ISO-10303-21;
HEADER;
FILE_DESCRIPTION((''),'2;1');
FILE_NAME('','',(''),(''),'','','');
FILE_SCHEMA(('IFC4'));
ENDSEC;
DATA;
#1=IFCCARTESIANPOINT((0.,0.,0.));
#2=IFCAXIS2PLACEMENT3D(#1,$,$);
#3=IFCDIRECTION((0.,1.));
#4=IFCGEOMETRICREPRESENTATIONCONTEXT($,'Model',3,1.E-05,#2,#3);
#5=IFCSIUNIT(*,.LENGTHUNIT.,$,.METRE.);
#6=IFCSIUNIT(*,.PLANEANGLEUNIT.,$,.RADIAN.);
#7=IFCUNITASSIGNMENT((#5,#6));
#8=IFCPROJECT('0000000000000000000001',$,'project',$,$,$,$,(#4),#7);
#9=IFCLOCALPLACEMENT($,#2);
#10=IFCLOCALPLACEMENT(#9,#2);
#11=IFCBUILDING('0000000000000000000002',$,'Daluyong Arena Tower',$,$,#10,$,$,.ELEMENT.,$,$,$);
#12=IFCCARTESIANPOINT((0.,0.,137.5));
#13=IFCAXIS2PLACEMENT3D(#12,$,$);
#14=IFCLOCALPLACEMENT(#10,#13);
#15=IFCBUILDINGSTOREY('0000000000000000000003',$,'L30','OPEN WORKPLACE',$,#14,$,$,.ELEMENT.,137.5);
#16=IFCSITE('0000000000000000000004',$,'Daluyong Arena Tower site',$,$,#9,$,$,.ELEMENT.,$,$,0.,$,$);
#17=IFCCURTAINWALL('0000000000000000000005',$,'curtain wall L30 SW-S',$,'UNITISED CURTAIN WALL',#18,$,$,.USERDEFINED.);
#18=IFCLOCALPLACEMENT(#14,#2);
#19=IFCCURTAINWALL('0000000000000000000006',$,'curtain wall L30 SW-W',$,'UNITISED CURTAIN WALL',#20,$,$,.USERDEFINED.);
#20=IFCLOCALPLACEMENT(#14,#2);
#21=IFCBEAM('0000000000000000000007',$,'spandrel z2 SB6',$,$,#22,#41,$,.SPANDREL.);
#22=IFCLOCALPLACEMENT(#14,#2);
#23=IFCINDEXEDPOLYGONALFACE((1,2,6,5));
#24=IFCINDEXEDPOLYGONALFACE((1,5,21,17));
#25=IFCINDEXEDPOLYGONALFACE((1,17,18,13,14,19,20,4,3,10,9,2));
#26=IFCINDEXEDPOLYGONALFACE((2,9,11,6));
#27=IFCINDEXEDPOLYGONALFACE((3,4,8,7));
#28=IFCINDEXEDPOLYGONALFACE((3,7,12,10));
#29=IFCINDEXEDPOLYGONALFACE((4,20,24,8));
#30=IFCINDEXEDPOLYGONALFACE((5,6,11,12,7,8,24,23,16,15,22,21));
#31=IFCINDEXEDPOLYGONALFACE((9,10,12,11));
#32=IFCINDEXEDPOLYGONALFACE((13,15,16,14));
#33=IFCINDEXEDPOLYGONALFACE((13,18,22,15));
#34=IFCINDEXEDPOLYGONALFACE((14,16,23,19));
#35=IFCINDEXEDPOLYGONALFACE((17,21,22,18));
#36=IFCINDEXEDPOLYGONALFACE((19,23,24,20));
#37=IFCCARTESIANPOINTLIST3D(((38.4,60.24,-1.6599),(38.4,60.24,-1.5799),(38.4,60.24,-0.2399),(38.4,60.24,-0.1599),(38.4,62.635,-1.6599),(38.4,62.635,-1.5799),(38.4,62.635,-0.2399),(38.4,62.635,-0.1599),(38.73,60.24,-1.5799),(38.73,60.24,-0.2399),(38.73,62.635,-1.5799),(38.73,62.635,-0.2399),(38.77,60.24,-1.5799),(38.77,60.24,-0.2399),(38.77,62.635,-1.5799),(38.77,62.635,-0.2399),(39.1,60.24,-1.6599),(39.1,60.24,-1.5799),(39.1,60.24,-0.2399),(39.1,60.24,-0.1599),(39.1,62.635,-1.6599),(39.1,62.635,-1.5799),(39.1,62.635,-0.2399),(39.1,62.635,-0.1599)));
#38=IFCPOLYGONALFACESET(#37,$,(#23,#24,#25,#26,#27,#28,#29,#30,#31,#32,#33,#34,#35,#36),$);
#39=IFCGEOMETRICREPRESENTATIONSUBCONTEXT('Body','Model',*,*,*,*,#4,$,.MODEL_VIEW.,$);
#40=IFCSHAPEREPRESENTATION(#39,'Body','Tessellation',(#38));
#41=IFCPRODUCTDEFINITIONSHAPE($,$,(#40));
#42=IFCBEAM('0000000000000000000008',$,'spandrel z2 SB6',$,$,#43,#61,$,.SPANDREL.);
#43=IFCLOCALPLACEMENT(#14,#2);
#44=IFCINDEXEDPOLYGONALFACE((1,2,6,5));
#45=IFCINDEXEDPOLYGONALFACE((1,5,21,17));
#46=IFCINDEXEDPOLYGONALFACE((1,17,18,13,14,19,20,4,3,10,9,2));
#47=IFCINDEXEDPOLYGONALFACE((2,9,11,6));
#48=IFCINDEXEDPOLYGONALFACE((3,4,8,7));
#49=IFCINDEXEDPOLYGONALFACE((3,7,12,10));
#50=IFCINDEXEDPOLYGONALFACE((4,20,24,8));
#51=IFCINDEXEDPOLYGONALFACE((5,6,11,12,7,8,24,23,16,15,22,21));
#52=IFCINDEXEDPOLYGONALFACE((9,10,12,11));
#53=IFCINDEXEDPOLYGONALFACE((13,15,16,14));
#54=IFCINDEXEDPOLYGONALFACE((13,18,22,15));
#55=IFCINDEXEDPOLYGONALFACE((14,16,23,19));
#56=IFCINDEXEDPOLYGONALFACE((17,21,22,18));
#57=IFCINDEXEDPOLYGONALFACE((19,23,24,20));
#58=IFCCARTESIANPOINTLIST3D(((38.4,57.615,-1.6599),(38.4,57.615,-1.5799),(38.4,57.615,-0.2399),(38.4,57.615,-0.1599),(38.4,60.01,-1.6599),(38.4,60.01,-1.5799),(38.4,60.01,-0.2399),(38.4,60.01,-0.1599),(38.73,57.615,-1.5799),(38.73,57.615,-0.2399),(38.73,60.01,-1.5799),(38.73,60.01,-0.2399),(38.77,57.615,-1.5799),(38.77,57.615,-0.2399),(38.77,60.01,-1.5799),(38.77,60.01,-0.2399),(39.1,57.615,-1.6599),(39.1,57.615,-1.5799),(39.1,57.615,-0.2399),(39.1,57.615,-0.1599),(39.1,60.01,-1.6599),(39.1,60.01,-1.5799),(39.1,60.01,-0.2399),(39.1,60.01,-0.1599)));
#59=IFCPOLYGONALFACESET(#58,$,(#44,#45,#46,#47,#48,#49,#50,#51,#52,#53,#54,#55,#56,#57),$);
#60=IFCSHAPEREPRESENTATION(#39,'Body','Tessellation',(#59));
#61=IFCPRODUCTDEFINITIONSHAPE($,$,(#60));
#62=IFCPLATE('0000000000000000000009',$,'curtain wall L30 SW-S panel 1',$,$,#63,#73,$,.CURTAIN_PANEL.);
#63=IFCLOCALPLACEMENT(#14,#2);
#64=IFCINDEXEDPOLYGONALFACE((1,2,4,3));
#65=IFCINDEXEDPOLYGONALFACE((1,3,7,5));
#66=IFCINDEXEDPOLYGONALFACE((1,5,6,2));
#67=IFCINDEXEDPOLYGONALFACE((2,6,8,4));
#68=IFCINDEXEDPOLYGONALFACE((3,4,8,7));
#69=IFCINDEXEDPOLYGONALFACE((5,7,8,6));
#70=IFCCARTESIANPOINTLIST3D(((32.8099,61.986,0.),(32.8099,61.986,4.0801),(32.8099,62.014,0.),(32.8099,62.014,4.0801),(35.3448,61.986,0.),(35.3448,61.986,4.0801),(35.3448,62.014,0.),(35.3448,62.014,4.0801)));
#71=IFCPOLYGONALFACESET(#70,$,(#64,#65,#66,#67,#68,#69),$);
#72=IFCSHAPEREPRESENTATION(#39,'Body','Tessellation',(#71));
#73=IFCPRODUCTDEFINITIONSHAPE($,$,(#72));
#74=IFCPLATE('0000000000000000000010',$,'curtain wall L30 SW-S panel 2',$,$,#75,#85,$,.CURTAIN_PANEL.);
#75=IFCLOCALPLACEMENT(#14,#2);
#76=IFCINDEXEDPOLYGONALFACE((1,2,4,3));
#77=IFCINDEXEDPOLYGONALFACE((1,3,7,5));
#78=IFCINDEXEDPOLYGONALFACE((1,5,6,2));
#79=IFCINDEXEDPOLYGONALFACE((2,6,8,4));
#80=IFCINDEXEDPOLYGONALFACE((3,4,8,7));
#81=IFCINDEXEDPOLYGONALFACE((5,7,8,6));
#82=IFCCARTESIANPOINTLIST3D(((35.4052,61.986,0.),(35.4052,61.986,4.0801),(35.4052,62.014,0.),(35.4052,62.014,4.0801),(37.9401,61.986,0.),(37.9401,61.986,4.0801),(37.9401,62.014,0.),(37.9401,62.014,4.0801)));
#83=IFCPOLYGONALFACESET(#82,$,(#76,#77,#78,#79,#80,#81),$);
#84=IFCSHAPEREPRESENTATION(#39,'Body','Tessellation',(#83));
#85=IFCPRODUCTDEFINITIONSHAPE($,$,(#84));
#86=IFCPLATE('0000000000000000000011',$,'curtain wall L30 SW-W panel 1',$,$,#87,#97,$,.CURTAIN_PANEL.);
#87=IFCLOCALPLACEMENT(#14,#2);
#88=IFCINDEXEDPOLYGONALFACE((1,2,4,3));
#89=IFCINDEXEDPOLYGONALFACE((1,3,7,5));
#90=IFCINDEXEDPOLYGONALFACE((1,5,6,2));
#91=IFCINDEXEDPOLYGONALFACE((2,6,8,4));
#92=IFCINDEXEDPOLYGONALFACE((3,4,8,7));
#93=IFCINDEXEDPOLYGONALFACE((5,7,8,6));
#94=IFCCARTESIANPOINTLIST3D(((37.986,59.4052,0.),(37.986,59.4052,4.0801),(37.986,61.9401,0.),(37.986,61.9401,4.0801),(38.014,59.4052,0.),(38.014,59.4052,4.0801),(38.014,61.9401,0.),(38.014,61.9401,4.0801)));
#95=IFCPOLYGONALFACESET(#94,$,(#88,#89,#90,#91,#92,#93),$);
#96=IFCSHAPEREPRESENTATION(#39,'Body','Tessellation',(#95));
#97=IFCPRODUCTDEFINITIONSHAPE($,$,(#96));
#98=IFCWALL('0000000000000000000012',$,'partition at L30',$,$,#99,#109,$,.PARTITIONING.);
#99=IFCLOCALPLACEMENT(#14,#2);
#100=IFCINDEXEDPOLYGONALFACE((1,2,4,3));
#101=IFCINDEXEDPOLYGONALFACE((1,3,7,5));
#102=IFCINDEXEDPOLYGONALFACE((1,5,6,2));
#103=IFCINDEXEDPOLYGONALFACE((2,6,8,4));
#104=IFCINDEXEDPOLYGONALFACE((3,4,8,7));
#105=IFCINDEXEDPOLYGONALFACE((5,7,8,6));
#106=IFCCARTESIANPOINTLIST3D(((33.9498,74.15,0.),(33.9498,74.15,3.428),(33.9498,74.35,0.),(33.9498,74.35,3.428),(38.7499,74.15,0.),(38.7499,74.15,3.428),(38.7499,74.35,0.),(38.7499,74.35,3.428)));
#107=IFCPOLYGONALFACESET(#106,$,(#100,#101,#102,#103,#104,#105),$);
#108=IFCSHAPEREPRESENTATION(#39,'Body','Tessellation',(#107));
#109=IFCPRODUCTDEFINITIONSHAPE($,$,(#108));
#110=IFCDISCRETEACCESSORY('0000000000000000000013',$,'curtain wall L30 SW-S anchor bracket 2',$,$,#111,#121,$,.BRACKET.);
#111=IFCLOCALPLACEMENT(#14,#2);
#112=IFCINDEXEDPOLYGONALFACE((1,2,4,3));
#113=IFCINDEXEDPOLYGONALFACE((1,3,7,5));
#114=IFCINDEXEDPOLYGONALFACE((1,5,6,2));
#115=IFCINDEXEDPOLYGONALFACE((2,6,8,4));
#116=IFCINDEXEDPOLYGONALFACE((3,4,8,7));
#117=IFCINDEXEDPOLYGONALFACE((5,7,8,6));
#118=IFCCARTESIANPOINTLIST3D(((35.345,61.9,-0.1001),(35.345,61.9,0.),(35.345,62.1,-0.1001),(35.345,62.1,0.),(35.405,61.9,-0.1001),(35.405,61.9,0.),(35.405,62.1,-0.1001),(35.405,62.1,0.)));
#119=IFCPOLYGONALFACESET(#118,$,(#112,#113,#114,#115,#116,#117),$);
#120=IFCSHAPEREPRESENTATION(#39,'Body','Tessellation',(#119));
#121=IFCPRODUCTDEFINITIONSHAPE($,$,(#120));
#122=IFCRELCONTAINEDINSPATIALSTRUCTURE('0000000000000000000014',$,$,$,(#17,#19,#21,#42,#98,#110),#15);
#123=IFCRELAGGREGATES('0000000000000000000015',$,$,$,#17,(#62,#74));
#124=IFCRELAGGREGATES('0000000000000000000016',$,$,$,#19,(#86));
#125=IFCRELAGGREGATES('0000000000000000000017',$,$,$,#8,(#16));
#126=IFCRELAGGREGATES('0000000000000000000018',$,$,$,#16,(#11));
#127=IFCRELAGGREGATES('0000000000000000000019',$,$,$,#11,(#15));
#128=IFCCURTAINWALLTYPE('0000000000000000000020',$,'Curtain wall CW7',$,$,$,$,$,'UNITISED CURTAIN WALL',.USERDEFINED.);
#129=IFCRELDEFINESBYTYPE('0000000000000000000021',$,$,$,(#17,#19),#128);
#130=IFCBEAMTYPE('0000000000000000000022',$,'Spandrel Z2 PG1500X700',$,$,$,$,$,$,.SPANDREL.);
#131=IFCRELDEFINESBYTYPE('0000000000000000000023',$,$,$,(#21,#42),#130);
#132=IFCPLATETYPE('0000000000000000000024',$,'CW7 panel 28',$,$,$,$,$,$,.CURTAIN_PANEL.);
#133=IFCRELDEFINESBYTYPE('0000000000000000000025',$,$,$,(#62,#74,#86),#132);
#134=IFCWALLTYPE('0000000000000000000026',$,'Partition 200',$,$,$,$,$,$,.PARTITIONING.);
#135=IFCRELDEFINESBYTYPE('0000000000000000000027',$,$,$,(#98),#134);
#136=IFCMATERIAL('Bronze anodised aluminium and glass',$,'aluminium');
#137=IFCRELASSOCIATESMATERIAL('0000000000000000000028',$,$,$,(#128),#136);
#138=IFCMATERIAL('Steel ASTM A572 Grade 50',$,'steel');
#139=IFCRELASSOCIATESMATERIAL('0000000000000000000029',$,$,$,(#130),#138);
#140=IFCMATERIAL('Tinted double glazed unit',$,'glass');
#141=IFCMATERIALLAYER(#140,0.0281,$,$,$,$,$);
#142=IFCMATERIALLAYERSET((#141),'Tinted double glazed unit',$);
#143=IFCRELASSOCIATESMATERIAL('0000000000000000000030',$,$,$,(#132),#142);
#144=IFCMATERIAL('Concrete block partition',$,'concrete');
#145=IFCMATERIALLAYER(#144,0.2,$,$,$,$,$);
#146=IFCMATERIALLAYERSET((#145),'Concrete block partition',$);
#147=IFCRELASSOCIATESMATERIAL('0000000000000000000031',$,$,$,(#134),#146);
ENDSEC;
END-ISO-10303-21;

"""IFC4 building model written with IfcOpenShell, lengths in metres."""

from ifc_helpers import new_model, si_unit, direction, frame, frame_2d, origin, origin_2d, place, context, subcontext, project, spatial, rectangle, i_section, extrude, material, layer, layer_set, material_profile, profile_set, type_object, element, aggregate, save


model = new_model("IFC4")

# Units and contexts
model_context = context("Model", 3, precision=1e-05, world=origin(), true_north=direction((0.0, 1.0)))
body_context = subcontext(model_context, "Body", "Model", "MODEL_VIEW")
ifc_project = project(units=[si_unit("LENGTHUNIT", "METRE"), si_unit("PLANEANGLEUNIT", "RADIAN")], contexts=[model_context])

# Site, building, storey
site_placement = place(None, origin())
site = spatial("IfcSite", under=ifc_project, at=site_placement, Name="Daluyong Arena Tower site", CompositionType="ELEMENT", RefElevation=0.0)
building_placement = place(site_placement, origin())
building = spatial("IfcBuilding", under=site, at=building_placement, Name="Daluyong Arena Tower", CompositionType="ELEMENT")
storey_placement = place(building_placement, frame((0.0, 0.0, 137.5)))
storey = spatial("IfcBuildingStorey", under=building, at=storey_placement, Name="L30", Description="OPEN WORKPLACE", CompositionType="ELEMENT", Elevation=137.5)

# Curtain wall
ifc_material_1 = material(Name="Bronze anodised aluminium and glass", Category="aluminium")
curtain_wall_type = type_object("IfcCurtainWallType", Name="Curtain wall CW7", ElementType="UNITISED CURTAIN WALL", PredefinedType="USERDEFINED", material=ifc_material_1)
curtain_wall_1_placement = place(storey_placement, origin())
curtain_wall_1 = element("IfcCurtainWall", 1, at=curtain_wall_1_placement, inside=storey, type_object=curtain_wall_type, Name="curtain wall L30 SW-S", ObjectType="UNITISED CURTAIN WALL", PredefinedType="USERDEFINED")

# Curtain wall
curtain_wall_2_placement = place(storey_placement, origin())
curtain_wall_2 = element("IfcCurtainWall", 2, at=curtain_wall_2_placement, inside=storey, type_object=curtain_wall_type, Name="curtain wall L30 SW-W", ObjectType="UNITISED CURTAIN WALL", PredefinedType="USERDEFINED")

# Beams
ifc_material_2 = material(Name="Steel ASTM A572 Grade 50", Category="steel")
ifc_material_profile_1 = material_profile(ifc_material_2, i_section(OverallWidth=0.7, OverallDepth=1.5, WebThickness=0.04, FlangeThickness=0.08, at=origin_2d()))
ifc_profile_set_1 = profile_set([ifc_material_profile_1], Name="Steel ASTM A572 Grade 50")
beam_type_1 = type_object("IfcBeamType", Name="Spandrel Z2 PG1500X700", PredefinedType="SPANDREL", material=ifc_profile_set_1)
for number, where, z_axis, x_axis, name in (
    (3, (38.75, 62.635, -0.9099), (0.0, -1.0, 0.0), (1.0, 0.0, 0.0), "spandrel z2 SB6"),
    (4, (38.75, 60.01, -0.9099), (0.0, -1.0, 0.0), (1.0, 0.0, 0.0), "spandrel z2 SB6"),
):
    element("IfcBeam", number, at=place(storey_placement, frame(where, z_axis=z_axis, x_axis=x_axis)), inside=storey, type_object=beam_type_1, Name=name, PredefinedType="SPANDREL", context=body_context, shape_type="SweptSolid", body=[
        extrude(i_section(OverallWidth=0.7, OverallDepth=1.5, WebThickness=0.04, FlangeThickness=0.08, at=origin_2d()), origin(), (0.0, 0.0, 1.0), 2.395),
    ])

# Plates
ifc_material_3 = material(Name="Tinted double glazed unit", Category="glass")
ifc_layer_1 = layer(ifc_material_3, 0.0281)
ifc_layer_set_1 = layer_set([ifc_layer_1], Name="Tinted double glazed unit")
plate_type = type_object("IfcPlateType", Name="CW7 panel 28", PredefinedType="CURTAIN_PANEL", material=ifc_layer_set_1)
plate_1_placement = place(storey_placement, frame((34.0774, 62.0, 0.0), z_axis=(0.0, 0.0, 1.0), x_axis=(1.0, 0.0, 0.0)))
plate_1 = element("IfcPlate", 5, at=plate_1_placement, type_object=plate_type, Name="curtain wall L30 SW-S panel 1", PredefinedType="CURTAIN_PANEL", context=body_context, shape_type="SweptSolid", body=[
    extrude(rectangle(XDim=2.5349, YDim=0.0281, at=origin_2d()), origin(), (0.0, 0.0, 1.0), 4.0801),
])
plate_2_placement = place(storey_placement, frame((36.6726, 62.0, 0.0), z_axis=(0.0, 0.0, 1.0), x_axis=(1.0, 0.0, 0.0)))
plate_2 = element("IfcPlate", 6, at=plate_2_placement, type_object=plate_type, Name="curtain wall L30 SW-S panel 2", PredefinedType="CURTAIN_PANEL", context=body_context, shape_type="SweptSolid", body=[
    extrude(rectangle(XDim=2.5349, YDim=0.0281, at=origin_2d()), origin(), (0.0, 0.0, 1.0), 4.0801),
])
aggregate(curtain_wall_1, [plate_1, plate_2])
plate_3_placement = place(storey_placement, frame((38.0, 60.6726, 0.0), z_axis=(0.0, 0.0, 1.0), x_axis=(0.0, -1.0, 0.0)))
plate_3 = element("IfcPlate", 7, at=plate_3_placement, type_object=plate_type, Name="curtain wall L30 SW-W panel 1", PredefinedType="CURTAIN_PANEL", context=body_context, shape_type="SweptSolid", body=[
    extrude(rectangle(XDim=2.5349, YDim=0.0281, at=origin_2d()), origin(), (0.0, 0.0, 1.0), 4.0801),
])
aggregate(curtain_wall_2, [plate_3])

# Wall
ifc_material_4 = material(Name="Concrete block partition", Category="concrete")
ifc_layer_2 = layer(ifc_material_4, 0.2)
ifc_layer_set_2 = layer_set([ifc_layer_2], Name="Concrete block partition")
wall_type = type_object("IfcWallType", Name="Partition 200", PredefinedType="PARTITIONING", material=ifc_layer_set_2)
wall_placement = place(storey_placement, frame((33.95, 74.25, 0.0), z_axis=(0.0, 0.0, 1.0), x_axis=(1.0, 0.0, 0.0)))
element("IfcWall", 8, at=wall_placement, inside=storey, type_object=wall_type, Name="partition at L30", PredefinedType="PARTITIONING", context=body_context, shape_type="SweptSolid", body=[
    extrude(rectangle(XDim=4.8, YDim=0.2, at=frame_2d((2.3999, 0.0))), origin(), (0.0, 0.0, 1.0), 3.428),
])

# Discrete accessory
discrete_accessory_placement = place(storey_placement, frame((35.375, 62.0, -0.1001), z_axis=(0.0, 0.0, 1.0), x_axis=(1.0, 0.0, 0.0)))
element("IfcDiscreteAccessory", 9, at=discrete_accessory_placement, inside=storey, Name="curtain wall L30 SW-S anchor bracket 2", PredefinedType="BRACKET", context=body_context, shape_type="SweptSolid", body=[
    extrude(rectangle(XDim=0.0601, YDim=0.2, at=origin_2d()), origin(), (0.0, 0.0, 1.0), 0.1001),
])

save(model, "model.ifc")
